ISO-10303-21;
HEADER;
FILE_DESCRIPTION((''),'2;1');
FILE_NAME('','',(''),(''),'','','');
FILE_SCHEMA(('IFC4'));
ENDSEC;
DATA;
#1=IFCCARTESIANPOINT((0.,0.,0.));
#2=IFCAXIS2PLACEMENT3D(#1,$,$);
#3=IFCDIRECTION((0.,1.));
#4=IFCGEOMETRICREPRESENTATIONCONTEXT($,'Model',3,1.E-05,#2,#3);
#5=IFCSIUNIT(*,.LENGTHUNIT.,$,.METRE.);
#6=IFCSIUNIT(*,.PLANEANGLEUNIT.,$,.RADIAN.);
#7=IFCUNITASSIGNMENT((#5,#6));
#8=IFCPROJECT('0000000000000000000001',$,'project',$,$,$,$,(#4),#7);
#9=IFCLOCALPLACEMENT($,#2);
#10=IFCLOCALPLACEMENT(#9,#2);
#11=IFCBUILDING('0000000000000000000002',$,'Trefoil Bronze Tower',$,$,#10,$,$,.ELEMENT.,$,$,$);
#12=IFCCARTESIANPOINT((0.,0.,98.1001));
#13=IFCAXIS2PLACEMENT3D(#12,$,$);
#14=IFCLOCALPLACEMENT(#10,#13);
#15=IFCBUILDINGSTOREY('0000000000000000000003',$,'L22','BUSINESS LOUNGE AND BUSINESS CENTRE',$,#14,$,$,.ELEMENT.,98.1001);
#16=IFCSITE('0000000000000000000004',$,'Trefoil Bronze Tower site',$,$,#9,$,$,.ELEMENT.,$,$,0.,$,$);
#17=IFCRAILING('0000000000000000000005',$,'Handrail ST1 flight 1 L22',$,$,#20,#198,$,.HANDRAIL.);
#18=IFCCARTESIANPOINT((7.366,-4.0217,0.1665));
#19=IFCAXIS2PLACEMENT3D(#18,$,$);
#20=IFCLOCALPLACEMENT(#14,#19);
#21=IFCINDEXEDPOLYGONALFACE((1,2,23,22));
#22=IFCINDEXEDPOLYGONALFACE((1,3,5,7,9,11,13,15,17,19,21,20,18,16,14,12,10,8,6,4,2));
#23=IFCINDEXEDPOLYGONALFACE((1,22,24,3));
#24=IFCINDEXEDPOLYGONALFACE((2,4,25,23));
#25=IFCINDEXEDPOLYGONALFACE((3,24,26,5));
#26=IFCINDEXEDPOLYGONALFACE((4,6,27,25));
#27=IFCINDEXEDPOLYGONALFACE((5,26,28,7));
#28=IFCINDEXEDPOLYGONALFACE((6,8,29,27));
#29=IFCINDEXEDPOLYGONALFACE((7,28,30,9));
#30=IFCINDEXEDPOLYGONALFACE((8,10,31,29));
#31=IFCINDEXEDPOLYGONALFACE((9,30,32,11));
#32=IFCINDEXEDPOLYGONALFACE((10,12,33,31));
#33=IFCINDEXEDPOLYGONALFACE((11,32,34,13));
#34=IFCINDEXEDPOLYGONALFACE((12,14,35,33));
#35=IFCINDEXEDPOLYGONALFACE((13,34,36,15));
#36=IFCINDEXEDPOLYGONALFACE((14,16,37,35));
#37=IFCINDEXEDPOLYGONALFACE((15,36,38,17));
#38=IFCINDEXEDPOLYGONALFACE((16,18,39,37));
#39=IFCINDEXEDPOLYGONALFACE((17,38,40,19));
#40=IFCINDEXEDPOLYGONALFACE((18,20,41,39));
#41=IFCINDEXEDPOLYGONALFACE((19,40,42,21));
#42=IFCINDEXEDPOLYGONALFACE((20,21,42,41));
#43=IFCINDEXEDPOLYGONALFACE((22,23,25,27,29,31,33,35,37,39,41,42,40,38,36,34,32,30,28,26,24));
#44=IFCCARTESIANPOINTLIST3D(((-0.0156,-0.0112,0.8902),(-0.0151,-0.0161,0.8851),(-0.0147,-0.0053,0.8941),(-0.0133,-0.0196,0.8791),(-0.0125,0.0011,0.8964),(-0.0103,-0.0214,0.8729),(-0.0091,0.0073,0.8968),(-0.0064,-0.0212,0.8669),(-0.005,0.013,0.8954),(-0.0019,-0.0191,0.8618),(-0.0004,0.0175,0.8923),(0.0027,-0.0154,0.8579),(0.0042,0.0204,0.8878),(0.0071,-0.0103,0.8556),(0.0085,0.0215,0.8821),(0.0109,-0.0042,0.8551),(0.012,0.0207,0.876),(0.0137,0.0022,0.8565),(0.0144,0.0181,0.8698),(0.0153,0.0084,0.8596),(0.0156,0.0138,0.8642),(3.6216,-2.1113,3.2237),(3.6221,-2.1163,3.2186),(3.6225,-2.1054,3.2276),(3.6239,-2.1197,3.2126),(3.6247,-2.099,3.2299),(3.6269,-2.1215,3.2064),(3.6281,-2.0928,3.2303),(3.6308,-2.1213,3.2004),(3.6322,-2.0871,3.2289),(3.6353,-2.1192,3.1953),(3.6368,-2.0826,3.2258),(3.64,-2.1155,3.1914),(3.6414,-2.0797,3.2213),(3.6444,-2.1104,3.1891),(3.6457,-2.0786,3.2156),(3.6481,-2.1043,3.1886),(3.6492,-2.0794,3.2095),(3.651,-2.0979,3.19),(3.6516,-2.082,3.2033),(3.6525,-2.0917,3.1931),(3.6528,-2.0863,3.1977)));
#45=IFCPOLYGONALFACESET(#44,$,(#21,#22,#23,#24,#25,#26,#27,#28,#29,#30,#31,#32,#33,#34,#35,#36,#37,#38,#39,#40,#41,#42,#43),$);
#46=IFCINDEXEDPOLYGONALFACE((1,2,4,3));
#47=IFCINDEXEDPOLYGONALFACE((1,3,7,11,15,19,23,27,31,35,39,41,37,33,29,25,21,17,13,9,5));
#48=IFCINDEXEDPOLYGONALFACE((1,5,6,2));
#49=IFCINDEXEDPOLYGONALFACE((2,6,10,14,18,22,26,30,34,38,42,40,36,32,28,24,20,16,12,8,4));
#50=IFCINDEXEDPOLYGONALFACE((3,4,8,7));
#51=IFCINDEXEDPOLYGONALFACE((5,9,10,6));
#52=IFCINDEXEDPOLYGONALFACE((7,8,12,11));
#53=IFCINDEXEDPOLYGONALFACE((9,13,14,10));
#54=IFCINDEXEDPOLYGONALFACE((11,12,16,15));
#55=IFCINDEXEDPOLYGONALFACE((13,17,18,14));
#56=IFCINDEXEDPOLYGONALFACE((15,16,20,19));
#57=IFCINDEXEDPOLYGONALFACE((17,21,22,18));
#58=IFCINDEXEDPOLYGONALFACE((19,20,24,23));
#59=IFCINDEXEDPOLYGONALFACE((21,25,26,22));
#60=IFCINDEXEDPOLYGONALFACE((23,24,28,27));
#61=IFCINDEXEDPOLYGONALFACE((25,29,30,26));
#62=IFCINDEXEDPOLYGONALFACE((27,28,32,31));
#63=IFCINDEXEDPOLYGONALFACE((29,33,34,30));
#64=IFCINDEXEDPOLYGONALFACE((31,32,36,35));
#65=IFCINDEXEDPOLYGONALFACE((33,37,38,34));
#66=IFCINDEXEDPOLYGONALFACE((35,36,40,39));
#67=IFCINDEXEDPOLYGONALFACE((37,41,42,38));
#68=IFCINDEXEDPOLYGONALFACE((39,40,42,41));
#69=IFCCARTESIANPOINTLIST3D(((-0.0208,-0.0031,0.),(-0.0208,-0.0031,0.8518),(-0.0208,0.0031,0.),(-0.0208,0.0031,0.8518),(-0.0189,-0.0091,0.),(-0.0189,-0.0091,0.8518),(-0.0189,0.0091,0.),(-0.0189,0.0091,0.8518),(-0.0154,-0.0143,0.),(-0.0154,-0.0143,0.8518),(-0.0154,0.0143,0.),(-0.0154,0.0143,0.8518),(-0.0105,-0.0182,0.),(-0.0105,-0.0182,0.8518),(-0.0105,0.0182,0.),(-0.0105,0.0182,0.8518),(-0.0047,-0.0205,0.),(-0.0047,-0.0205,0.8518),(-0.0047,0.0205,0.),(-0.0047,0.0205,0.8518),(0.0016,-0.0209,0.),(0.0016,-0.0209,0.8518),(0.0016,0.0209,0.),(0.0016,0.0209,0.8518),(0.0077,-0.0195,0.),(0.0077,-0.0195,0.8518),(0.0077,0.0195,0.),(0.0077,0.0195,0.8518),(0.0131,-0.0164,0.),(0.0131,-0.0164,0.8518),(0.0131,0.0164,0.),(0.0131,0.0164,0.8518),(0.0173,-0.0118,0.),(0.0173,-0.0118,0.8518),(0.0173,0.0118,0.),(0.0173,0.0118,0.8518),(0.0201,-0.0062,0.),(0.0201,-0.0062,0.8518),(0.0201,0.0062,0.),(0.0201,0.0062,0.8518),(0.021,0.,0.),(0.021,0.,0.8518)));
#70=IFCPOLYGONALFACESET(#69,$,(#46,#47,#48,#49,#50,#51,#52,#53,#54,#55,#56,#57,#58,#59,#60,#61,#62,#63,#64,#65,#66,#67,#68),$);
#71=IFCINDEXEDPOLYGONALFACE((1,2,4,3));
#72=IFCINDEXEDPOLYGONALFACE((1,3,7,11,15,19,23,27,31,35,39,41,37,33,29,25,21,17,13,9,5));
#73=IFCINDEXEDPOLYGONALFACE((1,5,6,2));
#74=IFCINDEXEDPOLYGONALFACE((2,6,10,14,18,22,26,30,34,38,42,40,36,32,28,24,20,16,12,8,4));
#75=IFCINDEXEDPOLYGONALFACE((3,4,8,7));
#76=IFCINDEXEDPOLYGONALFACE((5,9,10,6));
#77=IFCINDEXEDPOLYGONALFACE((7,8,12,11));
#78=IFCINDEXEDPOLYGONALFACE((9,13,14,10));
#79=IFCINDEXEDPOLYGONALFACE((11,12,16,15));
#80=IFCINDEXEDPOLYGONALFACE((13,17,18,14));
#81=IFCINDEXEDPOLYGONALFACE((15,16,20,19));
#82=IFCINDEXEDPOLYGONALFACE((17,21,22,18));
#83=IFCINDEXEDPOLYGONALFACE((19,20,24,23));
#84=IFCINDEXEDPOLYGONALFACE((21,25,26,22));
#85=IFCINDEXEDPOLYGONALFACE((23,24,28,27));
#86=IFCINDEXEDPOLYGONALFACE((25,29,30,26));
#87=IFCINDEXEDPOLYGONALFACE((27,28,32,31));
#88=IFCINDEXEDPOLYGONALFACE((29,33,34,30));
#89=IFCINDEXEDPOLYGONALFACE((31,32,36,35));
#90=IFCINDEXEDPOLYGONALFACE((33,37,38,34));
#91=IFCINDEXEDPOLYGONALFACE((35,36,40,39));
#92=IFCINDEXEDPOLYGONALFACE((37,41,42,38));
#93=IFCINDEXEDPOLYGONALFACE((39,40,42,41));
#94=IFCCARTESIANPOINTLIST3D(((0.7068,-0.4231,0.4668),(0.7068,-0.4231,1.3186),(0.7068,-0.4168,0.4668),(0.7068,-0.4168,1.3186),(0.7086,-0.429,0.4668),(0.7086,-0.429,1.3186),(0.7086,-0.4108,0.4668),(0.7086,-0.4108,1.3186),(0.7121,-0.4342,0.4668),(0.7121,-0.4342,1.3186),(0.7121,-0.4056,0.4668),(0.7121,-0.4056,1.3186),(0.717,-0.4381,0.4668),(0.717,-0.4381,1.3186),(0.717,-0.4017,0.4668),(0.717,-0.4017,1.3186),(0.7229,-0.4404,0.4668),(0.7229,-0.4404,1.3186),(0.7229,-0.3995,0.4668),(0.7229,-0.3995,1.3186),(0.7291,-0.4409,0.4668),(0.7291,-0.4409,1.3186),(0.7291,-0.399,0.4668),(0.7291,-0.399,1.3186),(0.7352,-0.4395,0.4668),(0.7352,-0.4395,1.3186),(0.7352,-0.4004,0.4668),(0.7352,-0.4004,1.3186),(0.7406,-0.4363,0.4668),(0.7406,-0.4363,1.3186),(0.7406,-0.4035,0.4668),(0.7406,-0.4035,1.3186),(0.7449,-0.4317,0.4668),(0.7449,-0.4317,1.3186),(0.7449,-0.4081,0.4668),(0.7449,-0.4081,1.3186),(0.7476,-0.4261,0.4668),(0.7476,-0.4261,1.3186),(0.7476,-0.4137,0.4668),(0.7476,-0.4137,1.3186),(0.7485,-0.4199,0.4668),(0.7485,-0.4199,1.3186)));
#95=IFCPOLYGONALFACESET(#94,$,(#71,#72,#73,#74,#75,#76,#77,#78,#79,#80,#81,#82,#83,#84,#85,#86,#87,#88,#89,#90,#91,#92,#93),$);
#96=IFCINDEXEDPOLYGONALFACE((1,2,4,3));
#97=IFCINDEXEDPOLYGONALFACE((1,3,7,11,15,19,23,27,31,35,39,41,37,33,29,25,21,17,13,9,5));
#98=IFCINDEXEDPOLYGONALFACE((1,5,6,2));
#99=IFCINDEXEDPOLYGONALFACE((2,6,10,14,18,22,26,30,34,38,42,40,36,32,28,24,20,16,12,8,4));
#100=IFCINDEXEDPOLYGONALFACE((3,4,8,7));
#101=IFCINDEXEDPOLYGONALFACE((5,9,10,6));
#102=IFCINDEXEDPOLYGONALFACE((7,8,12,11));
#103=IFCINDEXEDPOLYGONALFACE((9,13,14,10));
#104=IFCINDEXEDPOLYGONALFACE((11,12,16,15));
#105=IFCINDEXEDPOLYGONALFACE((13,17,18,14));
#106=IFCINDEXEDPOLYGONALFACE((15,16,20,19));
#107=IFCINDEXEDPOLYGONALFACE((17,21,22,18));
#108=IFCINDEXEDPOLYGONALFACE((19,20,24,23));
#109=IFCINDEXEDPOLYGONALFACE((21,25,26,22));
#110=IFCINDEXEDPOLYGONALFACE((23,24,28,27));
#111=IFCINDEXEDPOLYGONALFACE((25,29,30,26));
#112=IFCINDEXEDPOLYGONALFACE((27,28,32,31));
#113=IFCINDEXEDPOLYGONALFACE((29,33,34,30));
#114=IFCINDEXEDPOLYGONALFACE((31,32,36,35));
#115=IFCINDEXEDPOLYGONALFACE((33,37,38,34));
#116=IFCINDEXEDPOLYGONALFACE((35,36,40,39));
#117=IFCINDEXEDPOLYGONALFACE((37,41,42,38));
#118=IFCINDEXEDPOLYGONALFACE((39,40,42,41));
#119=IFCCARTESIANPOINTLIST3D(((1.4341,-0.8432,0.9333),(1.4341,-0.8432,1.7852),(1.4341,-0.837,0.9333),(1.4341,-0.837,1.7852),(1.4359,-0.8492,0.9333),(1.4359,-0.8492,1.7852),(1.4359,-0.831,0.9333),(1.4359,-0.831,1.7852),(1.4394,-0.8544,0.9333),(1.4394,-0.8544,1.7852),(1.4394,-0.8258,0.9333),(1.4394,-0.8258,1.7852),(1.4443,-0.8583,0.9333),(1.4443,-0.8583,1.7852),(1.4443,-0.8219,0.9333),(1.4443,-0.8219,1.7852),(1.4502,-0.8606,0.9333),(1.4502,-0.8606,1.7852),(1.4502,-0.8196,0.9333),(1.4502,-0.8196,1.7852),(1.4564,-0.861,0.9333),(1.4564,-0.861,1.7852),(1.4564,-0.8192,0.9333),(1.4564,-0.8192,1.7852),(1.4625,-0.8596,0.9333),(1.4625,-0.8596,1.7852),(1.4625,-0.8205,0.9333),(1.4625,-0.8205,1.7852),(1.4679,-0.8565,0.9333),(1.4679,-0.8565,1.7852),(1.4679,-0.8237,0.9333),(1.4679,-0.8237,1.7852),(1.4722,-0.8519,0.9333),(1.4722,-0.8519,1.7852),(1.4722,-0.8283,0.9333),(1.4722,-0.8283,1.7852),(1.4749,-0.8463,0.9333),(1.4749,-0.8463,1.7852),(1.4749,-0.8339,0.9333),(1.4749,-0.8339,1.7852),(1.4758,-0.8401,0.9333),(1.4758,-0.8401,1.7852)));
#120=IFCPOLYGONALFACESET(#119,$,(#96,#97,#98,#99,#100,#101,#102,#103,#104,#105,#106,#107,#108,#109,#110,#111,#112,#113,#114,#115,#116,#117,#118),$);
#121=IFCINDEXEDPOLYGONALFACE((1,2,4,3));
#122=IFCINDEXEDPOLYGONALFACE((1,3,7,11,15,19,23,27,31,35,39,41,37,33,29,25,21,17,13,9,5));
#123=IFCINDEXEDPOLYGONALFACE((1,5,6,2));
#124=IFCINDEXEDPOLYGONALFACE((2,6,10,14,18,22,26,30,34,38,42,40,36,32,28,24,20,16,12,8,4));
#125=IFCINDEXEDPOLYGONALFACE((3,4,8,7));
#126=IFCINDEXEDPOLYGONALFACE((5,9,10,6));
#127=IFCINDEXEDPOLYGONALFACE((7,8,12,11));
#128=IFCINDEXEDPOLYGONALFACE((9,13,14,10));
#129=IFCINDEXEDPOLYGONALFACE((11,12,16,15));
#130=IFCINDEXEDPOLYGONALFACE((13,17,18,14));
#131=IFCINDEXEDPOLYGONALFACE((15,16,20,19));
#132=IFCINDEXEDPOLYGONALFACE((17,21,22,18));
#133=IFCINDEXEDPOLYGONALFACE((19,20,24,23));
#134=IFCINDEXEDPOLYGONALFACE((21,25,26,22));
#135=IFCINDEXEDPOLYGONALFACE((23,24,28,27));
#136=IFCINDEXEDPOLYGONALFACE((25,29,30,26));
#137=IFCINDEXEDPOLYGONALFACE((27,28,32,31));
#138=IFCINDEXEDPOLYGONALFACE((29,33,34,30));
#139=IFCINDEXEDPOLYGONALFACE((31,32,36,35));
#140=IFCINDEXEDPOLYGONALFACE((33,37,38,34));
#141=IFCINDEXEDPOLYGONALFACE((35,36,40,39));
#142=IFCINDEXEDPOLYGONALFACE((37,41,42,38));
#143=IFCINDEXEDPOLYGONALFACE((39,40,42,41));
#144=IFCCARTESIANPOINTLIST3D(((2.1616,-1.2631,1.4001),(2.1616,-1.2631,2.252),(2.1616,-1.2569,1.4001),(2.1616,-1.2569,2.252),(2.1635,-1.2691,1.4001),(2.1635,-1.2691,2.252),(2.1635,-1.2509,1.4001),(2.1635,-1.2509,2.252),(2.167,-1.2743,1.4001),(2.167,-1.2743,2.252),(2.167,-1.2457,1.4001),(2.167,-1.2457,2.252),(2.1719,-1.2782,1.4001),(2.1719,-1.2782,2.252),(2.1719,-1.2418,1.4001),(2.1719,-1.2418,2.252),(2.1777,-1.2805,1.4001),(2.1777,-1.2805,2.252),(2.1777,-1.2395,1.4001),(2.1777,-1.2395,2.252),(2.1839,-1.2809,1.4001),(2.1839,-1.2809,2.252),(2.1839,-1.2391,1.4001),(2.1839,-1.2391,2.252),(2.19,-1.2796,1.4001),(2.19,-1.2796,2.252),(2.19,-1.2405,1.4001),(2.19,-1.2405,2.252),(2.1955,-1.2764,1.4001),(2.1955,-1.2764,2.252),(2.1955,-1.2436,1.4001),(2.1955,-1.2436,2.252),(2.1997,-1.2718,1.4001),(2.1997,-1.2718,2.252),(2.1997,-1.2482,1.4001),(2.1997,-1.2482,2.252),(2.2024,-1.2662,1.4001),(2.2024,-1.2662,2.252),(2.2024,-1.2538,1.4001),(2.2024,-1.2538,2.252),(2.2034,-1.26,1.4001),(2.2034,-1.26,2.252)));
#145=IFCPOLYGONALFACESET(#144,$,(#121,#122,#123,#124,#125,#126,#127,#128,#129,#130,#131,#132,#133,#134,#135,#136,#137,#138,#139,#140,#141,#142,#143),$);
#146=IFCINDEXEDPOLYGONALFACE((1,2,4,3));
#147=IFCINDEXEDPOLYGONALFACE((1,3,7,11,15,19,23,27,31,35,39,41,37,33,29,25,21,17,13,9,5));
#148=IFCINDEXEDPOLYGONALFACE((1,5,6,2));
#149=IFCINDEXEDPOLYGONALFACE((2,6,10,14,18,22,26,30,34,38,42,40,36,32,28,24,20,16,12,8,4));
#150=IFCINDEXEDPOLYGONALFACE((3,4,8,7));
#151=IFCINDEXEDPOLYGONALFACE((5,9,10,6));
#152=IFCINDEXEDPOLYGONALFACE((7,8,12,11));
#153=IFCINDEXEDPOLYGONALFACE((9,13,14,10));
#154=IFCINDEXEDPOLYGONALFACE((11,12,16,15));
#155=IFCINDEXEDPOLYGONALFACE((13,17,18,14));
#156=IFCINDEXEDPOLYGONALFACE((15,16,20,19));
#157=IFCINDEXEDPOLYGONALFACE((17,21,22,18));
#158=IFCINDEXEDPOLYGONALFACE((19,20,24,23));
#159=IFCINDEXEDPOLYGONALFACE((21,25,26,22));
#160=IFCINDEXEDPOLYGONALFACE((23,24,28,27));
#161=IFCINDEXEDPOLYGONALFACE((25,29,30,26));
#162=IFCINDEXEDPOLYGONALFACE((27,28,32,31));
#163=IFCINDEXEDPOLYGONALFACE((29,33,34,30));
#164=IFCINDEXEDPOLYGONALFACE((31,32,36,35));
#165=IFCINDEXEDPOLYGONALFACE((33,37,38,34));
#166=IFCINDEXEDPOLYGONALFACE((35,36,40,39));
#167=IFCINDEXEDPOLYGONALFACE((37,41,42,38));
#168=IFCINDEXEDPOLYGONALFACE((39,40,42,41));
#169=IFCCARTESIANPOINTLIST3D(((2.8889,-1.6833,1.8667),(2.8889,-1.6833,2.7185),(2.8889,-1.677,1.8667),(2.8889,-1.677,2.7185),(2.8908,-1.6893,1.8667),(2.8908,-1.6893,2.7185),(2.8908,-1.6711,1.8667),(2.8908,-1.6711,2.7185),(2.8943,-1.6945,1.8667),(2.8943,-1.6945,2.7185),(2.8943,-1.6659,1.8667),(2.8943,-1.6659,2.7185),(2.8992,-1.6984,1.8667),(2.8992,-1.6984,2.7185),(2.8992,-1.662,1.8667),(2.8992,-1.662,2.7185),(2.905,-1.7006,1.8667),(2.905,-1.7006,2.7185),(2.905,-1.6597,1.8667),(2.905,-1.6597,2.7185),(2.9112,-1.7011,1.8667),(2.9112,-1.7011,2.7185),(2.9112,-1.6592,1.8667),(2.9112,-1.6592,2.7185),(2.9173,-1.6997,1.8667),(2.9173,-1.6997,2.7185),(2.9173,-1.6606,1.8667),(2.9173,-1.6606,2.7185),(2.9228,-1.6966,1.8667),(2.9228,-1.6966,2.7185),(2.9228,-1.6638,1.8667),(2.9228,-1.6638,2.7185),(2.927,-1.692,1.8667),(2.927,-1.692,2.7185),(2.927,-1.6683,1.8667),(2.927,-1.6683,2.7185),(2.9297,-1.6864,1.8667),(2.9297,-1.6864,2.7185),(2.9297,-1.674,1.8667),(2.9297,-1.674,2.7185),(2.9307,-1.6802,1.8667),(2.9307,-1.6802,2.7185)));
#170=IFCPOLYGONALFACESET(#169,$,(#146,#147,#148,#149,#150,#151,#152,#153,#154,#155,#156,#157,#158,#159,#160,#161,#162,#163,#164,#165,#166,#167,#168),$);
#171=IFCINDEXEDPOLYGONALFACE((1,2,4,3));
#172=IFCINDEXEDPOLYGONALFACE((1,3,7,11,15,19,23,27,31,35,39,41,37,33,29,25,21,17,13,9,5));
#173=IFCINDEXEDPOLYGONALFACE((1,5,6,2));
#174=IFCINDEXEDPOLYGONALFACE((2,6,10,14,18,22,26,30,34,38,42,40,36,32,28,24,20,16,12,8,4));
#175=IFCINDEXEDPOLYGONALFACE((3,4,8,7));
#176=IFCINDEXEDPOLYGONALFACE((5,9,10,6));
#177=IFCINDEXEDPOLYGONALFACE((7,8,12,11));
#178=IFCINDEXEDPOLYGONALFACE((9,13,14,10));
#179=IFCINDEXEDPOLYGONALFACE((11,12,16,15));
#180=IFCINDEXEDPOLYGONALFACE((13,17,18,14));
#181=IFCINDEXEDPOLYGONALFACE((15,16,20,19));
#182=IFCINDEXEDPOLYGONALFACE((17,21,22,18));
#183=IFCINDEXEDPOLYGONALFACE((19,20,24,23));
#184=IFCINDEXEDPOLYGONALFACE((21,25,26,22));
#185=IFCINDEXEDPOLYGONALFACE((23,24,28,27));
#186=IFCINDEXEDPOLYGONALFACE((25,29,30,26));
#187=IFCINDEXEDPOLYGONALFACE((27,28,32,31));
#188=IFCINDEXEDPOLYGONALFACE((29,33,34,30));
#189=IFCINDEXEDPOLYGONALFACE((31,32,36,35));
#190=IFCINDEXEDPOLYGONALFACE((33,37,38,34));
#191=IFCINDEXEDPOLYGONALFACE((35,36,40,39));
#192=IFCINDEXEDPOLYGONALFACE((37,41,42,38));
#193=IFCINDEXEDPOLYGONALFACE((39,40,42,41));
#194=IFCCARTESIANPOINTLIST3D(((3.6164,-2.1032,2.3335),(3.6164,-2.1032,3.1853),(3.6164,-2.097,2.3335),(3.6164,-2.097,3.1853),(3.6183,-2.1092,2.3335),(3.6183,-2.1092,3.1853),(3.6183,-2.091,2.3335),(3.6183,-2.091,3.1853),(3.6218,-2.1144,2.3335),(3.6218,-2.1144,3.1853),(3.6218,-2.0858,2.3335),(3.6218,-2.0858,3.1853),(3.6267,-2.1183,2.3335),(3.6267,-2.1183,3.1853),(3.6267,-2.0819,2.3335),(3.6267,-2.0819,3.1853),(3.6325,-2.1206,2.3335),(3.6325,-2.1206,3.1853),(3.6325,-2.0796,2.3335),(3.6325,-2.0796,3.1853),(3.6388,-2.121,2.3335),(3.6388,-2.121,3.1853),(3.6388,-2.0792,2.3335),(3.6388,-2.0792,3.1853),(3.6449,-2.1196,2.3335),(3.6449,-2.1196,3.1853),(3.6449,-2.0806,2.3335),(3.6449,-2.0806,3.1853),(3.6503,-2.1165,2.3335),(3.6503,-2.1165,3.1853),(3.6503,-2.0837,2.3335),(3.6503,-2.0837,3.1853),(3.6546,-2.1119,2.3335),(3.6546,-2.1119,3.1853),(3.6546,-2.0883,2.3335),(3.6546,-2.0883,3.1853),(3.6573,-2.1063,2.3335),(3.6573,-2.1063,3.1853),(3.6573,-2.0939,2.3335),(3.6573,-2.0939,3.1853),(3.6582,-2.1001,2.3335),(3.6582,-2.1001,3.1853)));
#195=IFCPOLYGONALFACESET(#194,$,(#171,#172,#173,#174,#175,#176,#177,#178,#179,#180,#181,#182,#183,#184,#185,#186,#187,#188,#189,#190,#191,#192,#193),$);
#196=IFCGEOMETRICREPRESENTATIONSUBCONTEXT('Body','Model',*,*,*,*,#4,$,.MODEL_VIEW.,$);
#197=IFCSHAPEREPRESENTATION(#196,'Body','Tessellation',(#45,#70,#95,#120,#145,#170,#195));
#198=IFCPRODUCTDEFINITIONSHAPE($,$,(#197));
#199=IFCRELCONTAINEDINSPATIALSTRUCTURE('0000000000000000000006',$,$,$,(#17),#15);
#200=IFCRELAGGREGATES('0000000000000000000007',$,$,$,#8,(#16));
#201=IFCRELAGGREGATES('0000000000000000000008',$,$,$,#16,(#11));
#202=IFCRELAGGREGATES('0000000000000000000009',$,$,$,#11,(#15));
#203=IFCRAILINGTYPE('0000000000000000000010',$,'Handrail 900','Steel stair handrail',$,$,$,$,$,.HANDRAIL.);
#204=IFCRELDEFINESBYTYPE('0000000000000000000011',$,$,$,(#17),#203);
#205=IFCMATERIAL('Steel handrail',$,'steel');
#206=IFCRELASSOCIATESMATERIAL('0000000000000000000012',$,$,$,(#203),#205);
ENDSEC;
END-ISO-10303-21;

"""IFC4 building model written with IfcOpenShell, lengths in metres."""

from ifc_helpers import new_model, si_unit, direction, frame, origin, origin_2d, place, context, subcontext, project, spatial, circle, extrude, material, type_object, element, save


model = new_model("IFC4")

# Units and contexts
model_context = context("Model", 3, precision=1e-05, world=origin(), true_north=direction((0.0, 1.0)))
body_context = subcontext(model_context, "Body", "Model", "MODEL_VIEW")
ifc_project = project(units=[si_unit("LENGTHUNIT", "METRE"), si_unit("PLANEANGLEUNIT", "RADIAN")], contexts=[model_context])

# Site, building, storey
site_placement = place(None, origin())
site = spatial("IfcSite", under=ifc_project, at=site_placement, Name="Trefoil Bronze Tower site", CompositionType="ELEMENT", RefElevation=0.0)
building_placement = place(site_placement, origin())
building = spatial("IfcBuilding", under=site, at=building_placement, Name="Trefoil Bronze Tower", CompositionType="ELEMENT")
storey_placement = place(building_placement, frame((0.0, 0.0, 98.1001)))
storey = spatial("IfcBuildingStorey", under=building, at=storey_placement, Name="L22", Description="BUSINESS LOUNGE AND BUSINESS CENTRE", CompositionType="ELEMENT", Elevation=98.1001)

# Railing
ifc_material_1 = material(Name="Steel handrail", Category="steel")
railing_type = type_object("IfcRailingType", Name="Handrail 900", Description="Steel stair handrail", PredefinedType="HANDRAIL", material=ifc_material_1)
railing_1_placement = place(storey_placement, frame((7.366, -4.0217, 0.1665)))
element("IfcRailing", 1, at=railing_1_placement, inside=storey, type_object=railing_type, Name="Handrail ST1 flight 1 L22", PredefinedType="HANDRAIL", context=body_context, shape_type="SweptSolid", body=[
    extrude(circle(Radius=0.0239, at=origin_2d()), frame((0.0, 0.0, 0.876), z_axis=(0.757014, -0.437095, 0.485672), x_axis=(0.500028, 0.866009, 0.0)), (0.0, 0.0, 1.0), 4.8047),
    extrude(circle(Radius=0.021, at=origin_2d()), origin(), (0.0, 0.0, 1.0), 0.8518),
    extrude(circle(Radius=0.021, at=origin_2d()), frame((0.7275, -0.4199, 0.4668)), (0.0, 0.0, 1.0), 0.8518),
    extrude(circle(Radius=0.021, at=origin_2d()), frame((1.4548, -0.8401, 0.9333)), (0.0, 0.0, 1.0), 0.8518),
    extrude(circle(Radius=0.021, at=origin_2d()), frame((2.1824, -1.26, 1.4001)), (0.0, 0.0, 1.0), 0.8518),
    extrude(circle(Radius=0.021, at=origin_2d()), frame((2.9097, -1.6802, 1.8667)), (0.0, 0.0, 1.0), 0.8518),
    extrude(circle(Radius=0.021, at=origin_2d()), frame((3.6372, -2.1001, 2.3335)), (0.0, 0.0, 1.0), 0.8518),
])

save(model, "model.ifc")
